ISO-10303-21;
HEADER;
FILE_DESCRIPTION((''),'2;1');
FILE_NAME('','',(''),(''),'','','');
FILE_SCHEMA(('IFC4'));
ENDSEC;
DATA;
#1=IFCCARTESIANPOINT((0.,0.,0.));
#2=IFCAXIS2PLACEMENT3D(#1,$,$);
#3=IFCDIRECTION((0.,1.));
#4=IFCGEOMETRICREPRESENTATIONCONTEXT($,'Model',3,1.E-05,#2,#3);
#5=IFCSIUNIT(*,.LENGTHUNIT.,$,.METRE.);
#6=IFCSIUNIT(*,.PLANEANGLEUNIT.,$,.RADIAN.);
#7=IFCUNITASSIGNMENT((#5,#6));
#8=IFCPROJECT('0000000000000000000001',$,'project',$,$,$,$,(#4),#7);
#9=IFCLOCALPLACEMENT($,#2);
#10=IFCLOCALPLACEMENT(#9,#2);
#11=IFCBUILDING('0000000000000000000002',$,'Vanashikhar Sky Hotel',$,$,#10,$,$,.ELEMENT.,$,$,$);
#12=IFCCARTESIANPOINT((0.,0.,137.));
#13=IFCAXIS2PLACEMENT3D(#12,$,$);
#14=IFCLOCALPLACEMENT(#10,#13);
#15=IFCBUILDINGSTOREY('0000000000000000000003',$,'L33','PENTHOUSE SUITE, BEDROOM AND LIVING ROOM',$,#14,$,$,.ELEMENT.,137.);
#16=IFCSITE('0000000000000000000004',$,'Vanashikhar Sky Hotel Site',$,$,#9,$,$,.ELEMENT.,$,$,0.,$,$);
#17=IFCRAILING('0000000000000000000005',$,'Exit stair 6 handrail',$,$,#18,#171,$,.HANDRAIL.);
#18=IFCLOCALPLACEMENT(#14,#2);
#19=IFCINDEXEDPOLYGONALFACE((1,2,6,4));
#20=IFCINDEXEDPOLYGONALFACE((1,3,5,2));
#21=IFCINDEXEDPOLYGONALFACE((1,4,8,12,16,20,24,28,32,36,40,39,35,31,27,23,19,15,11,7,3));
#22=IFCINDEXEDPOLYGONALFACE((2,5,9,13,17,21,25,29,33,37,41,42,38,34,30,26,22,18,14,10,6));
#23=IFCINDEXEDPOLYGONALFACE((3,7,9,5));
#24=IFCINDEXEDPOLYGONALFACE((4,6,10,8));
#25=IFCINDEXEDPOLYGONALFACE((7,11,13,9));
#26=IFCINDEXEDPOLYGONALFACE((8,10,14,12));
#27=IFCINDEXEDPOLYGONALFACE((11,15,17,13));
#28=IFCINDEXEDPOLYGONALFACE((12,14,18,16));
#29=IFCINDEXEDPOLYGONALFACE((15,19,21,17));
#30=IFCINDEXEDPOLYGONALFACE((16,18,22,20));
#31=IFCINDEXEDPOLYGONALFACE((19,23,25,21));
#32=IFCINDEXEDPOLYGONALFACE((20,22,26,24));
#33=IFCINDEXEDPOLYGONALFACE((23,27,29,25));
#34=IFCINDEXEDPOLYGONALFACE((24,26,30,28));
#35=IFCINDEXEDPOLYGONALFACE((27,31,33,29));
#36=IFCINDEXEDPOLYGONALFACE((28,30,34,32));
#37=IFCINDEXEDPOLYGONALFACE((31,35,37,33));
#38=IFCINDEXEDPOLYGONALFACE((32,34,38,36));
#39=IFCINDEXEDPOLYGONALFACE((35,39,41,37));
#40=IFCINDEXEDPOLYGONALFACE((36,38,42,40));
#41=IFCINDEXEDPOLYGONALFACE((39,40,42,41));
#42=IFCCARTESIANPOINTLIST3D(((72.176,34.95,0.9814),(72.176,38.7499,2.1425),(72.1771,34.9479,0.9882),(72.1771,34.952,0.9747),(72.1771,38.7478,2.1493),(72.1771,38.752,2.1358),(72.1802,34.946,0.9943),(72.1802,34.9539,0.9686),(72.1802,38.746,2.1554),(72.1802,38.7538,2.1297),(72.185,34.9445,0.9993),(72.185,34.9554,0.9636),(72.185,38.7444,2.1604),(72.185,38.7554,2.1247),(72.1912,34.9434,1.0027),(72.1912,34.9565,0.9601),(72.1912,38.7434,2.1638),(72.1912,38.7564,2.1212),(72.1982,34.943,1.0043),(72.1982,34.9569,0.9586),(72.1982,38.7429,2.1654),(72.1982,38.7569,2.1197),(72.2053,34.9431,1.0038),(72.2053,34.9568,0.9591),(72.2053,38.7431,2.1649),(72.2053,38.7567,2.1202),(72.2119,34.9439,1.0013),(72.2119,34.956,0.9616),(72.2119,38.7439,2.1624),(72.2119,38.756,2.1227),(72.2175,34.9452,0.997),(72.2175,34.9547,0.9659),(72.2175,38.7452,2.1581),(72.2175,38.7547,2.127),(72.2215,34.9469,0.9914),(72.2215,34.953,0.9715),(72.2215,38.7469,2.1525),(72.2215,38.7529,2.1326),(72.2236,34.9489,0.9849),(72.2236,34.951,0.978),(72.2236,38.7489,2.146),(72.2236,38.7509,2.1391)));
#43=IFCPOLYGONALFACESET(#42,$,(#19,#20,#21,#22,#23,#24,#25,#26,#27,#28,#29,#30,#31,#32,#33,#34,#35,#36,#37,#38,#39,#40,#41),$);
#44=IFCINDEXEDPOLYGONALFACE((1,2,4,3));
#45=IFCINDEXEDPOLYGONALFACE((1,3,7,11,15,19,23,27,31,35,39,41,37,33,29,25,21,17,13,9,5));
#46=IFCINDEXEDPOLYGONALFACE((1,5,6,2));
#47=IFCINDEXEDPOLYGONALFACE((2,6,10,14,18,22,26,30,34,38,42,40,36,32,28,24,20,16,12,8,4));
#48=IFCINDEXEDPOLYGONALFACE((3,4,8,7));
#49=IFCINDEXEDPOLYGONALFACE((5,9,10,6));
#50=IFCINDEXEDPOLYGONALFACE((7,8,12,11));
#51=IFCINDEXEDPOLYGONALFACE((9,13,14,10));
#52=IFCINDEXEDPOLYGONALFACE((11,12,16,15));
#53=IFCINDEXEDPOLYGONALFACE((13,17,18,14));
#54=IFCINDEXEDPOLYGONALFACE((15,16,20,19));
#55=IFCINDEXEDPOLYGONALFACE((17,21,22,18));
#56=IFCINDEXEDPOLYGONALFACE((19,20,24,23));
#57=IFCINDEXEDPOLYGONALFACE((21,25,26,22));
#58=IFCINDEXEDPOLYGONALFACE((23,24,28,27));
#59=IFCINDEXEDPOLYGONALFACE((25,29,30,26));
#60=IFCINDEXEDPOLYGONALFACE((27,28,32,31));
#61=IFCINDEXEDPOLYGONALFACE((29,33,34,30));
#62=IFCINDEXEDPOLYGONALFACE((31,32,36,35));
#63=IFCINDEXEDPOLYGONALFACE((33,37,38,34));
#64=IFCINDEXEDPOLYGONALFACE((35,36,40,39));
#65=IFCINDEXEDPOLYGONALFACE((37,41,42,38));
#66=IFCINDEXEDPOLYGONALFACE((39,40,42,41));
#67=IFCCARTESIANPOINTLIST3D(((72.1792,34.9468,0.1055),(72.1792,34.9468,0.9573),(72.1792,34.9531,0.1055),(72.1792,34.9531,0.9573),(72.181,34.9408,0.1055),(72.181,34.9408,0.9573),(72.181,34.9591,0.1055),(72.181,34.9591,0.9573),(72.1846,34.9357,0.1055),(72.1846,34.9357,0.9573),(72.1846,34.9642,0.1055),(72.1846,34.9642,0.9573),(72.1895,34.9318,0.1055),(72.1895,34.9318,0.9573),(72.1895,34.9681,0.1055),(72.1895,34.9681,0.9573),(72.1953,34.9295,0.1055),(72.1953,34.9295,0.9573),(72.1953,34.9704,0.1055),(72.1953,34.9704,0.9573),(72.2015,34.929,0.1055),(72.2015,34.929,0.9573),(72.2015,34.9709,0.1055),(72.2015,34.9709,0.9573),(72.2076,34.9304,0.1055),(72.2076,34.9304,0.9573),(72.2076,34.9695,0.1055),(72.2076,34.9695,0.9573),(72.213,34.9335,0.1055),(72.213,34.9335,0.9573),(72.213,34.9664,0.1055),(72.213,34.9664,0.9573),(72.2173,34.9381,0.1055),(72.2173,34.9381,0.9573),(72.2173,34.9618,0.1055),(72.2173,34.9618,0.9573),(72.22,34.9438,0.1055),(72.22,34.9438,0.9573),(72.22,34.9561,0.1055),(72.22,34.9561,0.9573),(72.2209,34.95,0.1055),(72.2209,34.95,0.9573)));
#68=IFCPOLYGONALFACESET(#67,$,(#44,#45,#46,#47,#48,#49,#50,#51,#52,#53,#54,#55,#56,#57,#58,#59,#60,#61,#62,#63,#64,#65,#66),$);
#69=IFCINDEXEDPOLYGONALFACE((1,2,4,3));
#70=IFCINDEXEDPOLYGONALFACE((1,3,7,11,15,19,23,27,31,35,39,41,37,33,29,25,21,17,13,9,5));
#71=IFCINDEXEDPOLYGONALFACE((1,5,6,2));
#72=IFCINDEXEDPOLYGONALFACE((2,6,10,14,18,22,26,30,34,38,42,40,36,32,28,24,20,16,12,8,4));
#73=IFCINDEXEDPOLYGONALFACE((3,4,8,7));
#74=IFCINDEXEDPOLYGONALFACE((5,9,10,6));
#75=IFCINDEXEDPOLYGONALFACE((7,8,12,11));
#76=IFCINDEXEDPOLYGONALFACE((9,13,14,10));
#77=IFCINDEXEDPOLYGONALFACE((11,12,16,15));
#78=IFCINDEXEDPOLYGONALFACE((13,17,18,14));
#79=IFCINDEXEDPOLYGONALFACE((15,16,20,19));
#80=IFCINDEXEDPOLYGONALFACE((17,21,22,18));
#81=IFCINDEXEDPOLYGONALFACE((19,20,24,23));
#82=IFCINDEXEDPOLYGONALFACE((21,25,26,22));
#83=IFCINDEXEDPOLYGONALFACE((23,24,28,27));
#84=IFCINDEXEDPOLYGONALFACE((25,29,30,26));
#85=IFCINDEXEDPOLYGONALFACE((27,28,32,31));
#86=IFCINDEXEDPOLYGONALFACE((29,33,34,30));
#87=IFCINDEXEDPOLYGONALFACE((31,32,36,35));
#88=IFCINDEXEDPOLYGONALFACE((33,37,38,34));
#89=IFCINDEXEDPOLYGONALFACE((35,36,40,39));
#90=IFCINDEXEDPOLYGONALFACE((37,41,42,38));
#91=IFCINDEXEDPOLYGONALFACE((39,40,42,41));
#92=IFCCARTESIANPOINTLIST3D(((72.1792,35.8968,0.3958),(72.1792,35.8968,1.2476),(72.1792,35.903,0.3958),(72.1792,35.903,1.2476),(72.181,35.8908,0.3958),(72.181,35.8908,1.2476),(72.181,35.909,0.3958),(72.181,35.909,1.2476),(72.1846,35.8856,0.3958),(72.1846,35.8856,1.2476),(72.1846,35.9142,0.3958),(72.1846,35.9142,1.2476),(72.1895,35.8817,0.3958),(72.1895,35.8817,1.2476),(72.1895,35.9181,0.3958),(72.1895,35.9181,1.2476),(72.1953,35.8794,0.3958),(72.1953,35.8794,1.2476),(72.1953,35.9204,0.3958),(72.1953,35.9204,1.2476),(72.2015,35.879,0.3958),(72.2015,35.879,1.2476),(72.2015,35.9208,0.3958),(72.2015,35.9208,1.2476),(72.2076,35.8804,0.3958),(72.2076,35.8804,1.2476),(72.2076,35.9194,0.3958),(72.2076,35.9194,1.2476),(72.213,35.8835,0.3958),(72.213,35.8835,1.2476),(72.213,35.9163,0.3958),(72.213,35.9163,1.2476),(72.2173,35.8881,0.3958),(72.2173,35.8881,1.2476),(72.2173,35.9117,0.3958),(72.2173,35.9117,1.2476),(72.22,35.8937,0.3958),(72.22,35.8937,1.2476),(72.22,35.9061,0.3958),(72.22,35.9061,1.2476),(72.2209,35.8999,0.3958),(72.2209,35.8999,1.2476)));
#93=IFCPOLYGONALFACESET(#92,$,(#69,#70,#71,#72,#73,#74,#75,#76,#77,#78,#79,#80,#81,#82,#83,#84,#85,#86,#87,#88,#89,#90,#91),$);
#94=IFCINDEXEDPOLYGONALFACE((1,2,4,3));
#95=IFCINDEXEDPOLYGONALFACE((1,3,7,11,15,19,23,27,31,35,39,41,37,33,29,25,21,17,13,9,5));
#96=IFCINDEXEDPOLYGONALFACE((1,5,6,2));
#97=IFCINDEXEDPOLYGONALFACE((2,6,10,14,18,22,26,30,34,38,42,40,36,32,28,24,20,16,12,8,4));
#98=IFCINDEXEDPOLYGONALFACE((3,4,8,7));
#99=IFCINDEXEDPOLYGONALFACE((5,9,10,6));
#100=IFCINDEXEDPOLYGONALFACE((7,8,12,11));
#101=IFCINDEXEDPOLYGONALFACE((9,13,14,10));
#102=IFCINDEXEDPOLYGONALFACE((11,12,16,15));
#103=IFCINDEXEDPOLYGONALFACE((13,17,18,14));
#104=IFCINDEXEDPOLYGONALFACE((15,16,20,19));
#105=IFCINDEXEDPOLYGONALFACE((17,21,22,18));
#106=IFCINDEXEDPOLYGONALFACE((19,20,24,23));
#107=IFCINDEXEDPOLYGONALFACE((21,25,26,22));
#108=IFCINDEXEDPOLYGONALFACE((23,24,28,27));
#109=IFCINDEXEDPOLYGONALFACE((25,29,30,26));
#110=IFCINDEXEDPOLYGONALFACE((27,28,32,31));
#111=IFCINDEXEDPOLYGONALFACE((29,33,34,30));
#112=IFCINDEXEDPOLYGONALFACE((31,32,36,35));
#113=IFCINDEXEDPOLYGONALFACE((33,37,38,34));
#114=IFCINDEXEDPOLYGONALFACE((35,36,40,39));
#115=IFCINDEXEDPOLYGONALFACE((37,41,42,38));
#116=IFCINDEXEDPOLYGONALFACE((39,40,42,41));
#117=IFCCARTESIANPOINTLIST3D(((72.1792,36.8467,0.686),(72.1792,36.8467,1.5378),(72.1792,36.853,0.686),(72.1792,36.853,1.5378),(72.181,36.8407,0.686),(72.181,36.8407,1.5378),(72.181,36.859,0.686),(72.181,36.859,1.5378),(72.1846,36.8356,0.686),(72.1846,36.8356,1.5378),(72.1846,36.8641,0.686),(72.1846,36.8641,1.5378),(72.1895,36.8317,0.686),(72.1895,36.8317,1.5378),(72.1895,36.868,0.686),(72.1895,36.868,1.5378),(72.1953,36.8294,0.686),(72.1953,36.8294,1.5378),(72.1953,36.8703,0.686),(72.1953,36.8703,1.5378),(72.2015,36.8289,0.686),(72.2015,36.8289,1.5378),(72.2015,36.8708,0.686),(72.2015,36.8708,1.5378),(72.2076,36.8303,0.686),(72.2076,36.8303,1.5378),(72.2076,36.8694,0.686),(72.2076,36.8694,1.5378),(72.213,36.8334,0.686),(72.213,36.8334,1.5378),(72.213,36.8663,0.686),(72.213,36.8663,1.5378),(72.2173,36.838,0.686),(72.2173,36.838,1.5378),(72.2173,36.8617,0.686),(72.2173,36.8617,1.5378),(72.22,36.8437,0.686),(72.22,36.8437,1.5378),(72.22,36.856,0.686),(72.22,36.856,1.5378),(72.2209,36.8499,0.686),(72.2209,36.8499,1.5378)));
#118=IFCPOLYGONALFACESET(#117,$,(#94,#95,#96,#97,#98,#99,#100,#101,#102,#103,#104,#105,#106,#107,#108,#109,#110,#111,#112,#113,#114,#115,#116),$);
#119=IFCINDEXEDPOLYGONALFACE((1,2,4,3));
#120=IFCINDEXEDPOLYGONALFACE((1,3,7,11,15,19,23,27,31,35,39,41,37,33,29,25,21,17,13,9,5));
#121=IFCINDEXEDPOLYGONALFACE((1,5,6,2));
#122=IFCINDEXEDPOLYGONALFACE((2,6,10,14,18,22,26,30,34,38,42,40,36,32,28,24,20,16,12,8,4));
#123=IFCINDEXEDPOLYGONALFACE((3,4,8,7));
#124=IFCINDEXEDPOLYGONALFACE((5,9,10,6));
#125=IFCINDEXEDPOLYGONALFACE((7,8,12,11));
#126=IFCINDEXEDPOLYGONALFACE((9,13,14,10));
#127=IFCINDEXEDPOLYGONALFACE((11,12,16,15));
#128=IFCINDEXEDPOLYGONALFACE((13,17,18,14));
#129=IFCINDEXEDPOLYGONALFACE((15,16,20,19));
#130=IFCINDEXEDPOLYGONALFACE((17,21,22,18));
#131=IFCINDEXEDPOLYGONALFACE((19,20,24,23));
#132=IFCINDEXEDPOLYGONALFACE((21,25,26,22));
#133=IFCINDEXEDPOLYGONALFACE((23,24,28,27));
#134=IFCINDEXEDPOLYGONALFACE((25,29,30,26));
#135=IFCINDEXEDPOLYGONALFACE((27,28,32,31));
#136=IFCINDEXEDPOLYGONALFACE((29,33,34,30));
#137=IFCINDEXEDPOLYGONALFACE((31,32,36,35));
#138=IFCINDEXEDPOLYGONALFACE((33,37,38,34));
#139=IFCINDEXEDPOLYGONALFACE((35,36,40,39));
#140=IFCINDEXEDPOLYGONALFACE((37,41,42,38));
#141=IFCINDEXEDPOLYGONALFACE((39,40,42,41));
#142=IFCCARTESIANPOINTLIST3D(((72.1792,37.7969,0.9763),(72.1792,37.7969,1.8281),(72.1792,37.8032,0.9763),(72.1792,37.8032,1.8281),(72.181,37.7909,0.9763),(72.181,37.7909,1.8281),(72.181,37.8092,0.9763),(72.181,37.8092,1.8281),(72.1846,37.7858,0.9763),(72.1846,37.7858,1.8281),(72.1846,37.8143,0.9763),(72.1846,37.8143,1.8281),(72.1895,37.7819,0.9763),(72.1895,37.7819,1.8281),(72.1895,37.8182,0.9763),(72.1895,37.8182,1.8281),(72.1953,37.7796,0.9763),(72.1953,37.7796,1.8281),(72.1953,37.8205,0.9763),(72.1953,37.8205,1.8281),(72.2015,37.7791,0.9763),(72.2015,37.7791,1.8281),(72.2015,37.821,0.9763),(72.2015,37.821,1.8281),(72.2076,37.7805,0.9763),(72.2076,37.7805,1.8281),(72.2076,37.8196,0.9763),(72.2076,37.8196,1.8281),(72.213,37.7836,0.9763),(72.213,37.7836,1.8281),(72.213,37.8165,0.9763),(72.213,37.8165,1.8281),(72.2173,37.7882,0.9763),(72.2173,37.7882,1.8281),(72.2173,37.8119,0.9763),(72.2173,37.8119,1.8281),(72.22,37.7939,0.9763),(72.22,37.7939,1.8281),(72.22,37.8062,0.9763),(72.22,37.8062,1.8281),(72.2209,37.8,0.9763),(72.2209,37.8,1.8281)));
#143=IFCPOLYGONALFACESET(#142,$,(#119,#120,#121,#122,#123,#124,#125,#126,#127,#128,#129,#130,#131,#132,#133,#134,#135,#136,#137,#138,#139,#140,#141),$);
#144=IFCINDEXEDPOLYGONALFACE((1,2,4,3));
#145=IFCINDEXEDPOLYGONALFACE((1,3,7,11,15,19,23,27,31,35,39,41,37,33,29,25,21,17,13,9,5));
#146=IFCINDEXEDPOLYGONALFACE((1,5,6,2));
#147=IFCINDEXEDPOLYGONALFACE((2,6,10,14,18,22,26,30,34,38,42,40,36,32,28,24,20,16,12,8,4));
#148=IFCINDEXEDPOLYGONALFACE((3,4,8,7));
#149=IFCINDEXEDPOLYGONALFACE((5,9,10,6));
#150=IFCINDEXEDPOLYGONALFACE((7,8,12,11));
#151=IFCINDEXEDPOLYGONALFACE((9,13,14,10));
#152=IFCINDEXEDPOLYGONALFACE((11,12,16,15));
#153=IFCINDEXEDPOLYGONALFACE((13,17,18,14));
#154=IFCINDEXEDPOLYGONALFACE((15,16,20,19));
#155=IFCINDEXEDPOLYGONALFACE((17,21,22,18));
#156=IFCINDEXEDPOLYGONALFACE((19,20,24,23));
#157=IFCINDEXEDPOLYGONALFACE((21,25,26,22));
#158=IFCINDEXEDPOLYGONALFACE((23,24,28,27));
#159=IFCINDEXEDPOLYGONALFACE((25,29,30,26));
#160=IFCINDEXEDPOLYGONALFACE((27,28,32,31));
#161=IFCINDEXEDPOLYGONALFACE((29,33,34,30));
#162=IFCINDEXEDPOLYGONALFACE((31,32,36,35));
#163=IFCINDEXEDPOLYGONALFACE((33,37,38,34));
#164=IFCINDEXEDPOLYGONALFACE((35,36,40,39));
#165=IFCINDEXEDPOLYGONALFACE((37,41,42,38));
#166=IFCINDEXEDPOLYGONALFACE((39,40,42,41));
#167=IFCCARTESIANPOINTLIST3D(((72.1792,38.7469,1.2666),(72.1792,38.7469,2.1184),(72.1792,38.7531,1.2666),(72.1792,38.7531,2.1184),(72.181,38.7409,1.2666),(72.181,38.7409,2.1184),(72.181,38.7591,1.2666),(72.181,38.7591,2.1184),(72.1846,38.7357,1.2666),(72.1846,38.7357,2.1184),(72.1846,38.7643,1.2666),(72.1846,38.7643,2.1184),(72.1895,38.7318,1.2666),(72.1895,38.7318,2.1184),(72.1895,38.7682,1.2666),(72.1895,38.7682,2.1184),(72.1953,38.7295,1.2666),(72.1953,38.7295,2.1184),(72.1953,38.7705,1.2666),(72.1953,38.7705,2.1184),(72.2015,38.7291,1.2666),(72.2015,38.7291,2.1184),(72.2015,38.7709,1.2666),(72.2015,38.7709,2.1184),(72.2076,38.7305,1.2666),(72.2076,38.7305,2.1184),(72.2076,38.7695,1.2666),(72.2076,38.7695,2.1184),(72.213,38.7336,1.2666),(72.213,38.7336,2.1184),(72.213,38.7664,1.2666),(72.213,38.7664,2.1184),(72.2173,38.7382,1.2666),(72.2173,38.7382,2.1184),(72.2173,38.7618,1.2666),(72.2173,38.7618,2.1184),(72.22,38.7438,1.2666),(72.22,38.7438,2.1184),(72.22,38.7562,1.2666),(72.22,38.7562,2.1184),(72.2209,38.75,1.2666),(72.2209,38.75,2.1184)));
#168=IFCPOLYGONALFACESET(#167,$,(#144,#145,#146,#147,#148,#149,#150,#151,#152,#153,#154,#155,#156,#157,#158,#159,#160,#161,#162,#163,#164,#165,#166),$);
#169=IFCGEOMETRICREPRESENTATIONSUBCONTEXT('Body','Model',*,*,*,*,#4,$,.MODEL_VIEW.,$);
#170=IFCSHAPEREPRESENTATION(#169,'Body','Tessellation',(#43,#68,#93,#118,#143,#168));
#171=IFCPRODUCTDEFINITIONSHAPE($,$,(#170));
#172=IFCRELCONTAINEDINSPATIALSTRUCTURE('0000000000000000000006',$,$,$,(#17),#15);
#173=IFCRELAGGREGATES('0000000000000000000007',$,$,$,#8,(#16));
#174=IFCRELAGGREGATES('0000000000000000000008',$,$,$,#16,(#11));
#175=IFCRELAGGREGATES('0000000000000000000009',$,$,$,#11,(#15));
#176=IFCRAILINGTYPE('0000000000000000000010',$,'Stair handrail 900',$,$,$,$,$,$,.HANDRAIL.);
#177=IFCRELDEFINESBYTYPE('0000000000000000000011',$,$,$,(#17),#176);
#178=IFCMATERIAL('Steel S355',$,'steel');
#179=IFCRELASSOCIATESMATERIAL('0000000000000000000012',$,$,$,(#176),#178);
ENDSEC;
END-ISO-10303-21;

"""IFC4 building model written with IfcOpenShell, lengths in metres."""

from ifc_helpers import new_model, si_unit, direction, frame, origin, origin_2d, place, context, subcontext, project, spatial, circle, extrude, source, transform, mapped, material, type_object, element, save


model = new_model("IFC4")

# Units and contexts
model_context = context("Model", 3, precision=1e-05, world=origin(), true_north=direction((0.0, 1.0)))
body_context = subcontext(model_context, "Body", "Model", "MODEL_VIEW")
ifc_project = project(units=[si_unit("LENGTHUNIT", "METRE"), si_unit("PLANEANGLEUNIT", "RADIAN")], contexts=[model_context])

# Site, building, storey
site_placement = place(None, origin())
site = spatial("IfcSite", under=ifc_project, at=site_placement, Name="Vanashikhar Sky Hotel Site", CompositionType="ELEMENT", RefElevation=0.0)
building_placement = place(site_placement, origin())
building = spatial("IfcBuilding", under=site, at=building_placement, Name="Vanashikhar Sky Hotel", CompositionType="ELEMENT")
storey_placement = place(building_placement, frame((0.0, 0.0, 137.0)))
storey = spatial("IfcBuildingStorey", under=building, at=storey_placement, Name="L33", Description="PENTHOUSE SUITE, BEDROOM AND LIVING ROOM", CompositionType="ELEMENT", Elevation=137.0)

# Railing
ifc_material_1 = material(Name="Steel S355", Category="steel")
railing_type_1 = type_object("IfcRailingType", Name="Stair handrail 900", PredefinedType="HANDRAIL", material=ifc_material_1)
shared_shape_1 = source(origin(), body_context, "Body", "SweptSolid", [
    extrude(circle(Radius=0.0239, at=origin_2d()), frame((0.0, 0.0, 0.876), z_axis=(0.0, 0.956351, 0.29222), x_axis=(-1.0, 0.0, 0.0)), (0.0, 0.0, 1.0), 3.9734),
    extrude(circle(Radius=0.021, at=origin_2d()), origin(), (0.0, 0.0, 1.0), 0.8518),
    extrude(circle(Radius=0.021, at=origin_2d()), frame((0.0, 0.95, 0.2903)), (0.0, 0.0, 1.0), 0.8518),
    extrude(circle(Radius=0.021, at=origin_2d()), frame((0.0, 1.8999, 0.5806)), (0.0, 0.0, 1.0), 0.8518),
    extrude(circle(Radius=0.021, at=origin_2d()), frame((0.0, 2.8501, 0.8708)), (0.0, 0.0, 1.0), 0.8518),
    extrude(circle(Radius=0.021, at=origin_2d()), frame((0.0, 3.8, 1.1611)), (0.0, 0.0, 1.0), 0.8518),
])
for number, where, name in (
    (1, (72.2, 34.95, 0.1055), "Exit stair 6 handrail"),
):
    element("IfcRailing", number, at=place(storey_placement, frame(where)), inside=storey, type_object=railing_type_1, Name=name, PredefinedType="HANDRAIL", context=body_context, shape_type="MappedRepresentation", body=[
        mapped(shared_shape_1, transform((0.0, 0.0, 0.0), scale=1.0)),
    ])

save(model, "model.ifc")
